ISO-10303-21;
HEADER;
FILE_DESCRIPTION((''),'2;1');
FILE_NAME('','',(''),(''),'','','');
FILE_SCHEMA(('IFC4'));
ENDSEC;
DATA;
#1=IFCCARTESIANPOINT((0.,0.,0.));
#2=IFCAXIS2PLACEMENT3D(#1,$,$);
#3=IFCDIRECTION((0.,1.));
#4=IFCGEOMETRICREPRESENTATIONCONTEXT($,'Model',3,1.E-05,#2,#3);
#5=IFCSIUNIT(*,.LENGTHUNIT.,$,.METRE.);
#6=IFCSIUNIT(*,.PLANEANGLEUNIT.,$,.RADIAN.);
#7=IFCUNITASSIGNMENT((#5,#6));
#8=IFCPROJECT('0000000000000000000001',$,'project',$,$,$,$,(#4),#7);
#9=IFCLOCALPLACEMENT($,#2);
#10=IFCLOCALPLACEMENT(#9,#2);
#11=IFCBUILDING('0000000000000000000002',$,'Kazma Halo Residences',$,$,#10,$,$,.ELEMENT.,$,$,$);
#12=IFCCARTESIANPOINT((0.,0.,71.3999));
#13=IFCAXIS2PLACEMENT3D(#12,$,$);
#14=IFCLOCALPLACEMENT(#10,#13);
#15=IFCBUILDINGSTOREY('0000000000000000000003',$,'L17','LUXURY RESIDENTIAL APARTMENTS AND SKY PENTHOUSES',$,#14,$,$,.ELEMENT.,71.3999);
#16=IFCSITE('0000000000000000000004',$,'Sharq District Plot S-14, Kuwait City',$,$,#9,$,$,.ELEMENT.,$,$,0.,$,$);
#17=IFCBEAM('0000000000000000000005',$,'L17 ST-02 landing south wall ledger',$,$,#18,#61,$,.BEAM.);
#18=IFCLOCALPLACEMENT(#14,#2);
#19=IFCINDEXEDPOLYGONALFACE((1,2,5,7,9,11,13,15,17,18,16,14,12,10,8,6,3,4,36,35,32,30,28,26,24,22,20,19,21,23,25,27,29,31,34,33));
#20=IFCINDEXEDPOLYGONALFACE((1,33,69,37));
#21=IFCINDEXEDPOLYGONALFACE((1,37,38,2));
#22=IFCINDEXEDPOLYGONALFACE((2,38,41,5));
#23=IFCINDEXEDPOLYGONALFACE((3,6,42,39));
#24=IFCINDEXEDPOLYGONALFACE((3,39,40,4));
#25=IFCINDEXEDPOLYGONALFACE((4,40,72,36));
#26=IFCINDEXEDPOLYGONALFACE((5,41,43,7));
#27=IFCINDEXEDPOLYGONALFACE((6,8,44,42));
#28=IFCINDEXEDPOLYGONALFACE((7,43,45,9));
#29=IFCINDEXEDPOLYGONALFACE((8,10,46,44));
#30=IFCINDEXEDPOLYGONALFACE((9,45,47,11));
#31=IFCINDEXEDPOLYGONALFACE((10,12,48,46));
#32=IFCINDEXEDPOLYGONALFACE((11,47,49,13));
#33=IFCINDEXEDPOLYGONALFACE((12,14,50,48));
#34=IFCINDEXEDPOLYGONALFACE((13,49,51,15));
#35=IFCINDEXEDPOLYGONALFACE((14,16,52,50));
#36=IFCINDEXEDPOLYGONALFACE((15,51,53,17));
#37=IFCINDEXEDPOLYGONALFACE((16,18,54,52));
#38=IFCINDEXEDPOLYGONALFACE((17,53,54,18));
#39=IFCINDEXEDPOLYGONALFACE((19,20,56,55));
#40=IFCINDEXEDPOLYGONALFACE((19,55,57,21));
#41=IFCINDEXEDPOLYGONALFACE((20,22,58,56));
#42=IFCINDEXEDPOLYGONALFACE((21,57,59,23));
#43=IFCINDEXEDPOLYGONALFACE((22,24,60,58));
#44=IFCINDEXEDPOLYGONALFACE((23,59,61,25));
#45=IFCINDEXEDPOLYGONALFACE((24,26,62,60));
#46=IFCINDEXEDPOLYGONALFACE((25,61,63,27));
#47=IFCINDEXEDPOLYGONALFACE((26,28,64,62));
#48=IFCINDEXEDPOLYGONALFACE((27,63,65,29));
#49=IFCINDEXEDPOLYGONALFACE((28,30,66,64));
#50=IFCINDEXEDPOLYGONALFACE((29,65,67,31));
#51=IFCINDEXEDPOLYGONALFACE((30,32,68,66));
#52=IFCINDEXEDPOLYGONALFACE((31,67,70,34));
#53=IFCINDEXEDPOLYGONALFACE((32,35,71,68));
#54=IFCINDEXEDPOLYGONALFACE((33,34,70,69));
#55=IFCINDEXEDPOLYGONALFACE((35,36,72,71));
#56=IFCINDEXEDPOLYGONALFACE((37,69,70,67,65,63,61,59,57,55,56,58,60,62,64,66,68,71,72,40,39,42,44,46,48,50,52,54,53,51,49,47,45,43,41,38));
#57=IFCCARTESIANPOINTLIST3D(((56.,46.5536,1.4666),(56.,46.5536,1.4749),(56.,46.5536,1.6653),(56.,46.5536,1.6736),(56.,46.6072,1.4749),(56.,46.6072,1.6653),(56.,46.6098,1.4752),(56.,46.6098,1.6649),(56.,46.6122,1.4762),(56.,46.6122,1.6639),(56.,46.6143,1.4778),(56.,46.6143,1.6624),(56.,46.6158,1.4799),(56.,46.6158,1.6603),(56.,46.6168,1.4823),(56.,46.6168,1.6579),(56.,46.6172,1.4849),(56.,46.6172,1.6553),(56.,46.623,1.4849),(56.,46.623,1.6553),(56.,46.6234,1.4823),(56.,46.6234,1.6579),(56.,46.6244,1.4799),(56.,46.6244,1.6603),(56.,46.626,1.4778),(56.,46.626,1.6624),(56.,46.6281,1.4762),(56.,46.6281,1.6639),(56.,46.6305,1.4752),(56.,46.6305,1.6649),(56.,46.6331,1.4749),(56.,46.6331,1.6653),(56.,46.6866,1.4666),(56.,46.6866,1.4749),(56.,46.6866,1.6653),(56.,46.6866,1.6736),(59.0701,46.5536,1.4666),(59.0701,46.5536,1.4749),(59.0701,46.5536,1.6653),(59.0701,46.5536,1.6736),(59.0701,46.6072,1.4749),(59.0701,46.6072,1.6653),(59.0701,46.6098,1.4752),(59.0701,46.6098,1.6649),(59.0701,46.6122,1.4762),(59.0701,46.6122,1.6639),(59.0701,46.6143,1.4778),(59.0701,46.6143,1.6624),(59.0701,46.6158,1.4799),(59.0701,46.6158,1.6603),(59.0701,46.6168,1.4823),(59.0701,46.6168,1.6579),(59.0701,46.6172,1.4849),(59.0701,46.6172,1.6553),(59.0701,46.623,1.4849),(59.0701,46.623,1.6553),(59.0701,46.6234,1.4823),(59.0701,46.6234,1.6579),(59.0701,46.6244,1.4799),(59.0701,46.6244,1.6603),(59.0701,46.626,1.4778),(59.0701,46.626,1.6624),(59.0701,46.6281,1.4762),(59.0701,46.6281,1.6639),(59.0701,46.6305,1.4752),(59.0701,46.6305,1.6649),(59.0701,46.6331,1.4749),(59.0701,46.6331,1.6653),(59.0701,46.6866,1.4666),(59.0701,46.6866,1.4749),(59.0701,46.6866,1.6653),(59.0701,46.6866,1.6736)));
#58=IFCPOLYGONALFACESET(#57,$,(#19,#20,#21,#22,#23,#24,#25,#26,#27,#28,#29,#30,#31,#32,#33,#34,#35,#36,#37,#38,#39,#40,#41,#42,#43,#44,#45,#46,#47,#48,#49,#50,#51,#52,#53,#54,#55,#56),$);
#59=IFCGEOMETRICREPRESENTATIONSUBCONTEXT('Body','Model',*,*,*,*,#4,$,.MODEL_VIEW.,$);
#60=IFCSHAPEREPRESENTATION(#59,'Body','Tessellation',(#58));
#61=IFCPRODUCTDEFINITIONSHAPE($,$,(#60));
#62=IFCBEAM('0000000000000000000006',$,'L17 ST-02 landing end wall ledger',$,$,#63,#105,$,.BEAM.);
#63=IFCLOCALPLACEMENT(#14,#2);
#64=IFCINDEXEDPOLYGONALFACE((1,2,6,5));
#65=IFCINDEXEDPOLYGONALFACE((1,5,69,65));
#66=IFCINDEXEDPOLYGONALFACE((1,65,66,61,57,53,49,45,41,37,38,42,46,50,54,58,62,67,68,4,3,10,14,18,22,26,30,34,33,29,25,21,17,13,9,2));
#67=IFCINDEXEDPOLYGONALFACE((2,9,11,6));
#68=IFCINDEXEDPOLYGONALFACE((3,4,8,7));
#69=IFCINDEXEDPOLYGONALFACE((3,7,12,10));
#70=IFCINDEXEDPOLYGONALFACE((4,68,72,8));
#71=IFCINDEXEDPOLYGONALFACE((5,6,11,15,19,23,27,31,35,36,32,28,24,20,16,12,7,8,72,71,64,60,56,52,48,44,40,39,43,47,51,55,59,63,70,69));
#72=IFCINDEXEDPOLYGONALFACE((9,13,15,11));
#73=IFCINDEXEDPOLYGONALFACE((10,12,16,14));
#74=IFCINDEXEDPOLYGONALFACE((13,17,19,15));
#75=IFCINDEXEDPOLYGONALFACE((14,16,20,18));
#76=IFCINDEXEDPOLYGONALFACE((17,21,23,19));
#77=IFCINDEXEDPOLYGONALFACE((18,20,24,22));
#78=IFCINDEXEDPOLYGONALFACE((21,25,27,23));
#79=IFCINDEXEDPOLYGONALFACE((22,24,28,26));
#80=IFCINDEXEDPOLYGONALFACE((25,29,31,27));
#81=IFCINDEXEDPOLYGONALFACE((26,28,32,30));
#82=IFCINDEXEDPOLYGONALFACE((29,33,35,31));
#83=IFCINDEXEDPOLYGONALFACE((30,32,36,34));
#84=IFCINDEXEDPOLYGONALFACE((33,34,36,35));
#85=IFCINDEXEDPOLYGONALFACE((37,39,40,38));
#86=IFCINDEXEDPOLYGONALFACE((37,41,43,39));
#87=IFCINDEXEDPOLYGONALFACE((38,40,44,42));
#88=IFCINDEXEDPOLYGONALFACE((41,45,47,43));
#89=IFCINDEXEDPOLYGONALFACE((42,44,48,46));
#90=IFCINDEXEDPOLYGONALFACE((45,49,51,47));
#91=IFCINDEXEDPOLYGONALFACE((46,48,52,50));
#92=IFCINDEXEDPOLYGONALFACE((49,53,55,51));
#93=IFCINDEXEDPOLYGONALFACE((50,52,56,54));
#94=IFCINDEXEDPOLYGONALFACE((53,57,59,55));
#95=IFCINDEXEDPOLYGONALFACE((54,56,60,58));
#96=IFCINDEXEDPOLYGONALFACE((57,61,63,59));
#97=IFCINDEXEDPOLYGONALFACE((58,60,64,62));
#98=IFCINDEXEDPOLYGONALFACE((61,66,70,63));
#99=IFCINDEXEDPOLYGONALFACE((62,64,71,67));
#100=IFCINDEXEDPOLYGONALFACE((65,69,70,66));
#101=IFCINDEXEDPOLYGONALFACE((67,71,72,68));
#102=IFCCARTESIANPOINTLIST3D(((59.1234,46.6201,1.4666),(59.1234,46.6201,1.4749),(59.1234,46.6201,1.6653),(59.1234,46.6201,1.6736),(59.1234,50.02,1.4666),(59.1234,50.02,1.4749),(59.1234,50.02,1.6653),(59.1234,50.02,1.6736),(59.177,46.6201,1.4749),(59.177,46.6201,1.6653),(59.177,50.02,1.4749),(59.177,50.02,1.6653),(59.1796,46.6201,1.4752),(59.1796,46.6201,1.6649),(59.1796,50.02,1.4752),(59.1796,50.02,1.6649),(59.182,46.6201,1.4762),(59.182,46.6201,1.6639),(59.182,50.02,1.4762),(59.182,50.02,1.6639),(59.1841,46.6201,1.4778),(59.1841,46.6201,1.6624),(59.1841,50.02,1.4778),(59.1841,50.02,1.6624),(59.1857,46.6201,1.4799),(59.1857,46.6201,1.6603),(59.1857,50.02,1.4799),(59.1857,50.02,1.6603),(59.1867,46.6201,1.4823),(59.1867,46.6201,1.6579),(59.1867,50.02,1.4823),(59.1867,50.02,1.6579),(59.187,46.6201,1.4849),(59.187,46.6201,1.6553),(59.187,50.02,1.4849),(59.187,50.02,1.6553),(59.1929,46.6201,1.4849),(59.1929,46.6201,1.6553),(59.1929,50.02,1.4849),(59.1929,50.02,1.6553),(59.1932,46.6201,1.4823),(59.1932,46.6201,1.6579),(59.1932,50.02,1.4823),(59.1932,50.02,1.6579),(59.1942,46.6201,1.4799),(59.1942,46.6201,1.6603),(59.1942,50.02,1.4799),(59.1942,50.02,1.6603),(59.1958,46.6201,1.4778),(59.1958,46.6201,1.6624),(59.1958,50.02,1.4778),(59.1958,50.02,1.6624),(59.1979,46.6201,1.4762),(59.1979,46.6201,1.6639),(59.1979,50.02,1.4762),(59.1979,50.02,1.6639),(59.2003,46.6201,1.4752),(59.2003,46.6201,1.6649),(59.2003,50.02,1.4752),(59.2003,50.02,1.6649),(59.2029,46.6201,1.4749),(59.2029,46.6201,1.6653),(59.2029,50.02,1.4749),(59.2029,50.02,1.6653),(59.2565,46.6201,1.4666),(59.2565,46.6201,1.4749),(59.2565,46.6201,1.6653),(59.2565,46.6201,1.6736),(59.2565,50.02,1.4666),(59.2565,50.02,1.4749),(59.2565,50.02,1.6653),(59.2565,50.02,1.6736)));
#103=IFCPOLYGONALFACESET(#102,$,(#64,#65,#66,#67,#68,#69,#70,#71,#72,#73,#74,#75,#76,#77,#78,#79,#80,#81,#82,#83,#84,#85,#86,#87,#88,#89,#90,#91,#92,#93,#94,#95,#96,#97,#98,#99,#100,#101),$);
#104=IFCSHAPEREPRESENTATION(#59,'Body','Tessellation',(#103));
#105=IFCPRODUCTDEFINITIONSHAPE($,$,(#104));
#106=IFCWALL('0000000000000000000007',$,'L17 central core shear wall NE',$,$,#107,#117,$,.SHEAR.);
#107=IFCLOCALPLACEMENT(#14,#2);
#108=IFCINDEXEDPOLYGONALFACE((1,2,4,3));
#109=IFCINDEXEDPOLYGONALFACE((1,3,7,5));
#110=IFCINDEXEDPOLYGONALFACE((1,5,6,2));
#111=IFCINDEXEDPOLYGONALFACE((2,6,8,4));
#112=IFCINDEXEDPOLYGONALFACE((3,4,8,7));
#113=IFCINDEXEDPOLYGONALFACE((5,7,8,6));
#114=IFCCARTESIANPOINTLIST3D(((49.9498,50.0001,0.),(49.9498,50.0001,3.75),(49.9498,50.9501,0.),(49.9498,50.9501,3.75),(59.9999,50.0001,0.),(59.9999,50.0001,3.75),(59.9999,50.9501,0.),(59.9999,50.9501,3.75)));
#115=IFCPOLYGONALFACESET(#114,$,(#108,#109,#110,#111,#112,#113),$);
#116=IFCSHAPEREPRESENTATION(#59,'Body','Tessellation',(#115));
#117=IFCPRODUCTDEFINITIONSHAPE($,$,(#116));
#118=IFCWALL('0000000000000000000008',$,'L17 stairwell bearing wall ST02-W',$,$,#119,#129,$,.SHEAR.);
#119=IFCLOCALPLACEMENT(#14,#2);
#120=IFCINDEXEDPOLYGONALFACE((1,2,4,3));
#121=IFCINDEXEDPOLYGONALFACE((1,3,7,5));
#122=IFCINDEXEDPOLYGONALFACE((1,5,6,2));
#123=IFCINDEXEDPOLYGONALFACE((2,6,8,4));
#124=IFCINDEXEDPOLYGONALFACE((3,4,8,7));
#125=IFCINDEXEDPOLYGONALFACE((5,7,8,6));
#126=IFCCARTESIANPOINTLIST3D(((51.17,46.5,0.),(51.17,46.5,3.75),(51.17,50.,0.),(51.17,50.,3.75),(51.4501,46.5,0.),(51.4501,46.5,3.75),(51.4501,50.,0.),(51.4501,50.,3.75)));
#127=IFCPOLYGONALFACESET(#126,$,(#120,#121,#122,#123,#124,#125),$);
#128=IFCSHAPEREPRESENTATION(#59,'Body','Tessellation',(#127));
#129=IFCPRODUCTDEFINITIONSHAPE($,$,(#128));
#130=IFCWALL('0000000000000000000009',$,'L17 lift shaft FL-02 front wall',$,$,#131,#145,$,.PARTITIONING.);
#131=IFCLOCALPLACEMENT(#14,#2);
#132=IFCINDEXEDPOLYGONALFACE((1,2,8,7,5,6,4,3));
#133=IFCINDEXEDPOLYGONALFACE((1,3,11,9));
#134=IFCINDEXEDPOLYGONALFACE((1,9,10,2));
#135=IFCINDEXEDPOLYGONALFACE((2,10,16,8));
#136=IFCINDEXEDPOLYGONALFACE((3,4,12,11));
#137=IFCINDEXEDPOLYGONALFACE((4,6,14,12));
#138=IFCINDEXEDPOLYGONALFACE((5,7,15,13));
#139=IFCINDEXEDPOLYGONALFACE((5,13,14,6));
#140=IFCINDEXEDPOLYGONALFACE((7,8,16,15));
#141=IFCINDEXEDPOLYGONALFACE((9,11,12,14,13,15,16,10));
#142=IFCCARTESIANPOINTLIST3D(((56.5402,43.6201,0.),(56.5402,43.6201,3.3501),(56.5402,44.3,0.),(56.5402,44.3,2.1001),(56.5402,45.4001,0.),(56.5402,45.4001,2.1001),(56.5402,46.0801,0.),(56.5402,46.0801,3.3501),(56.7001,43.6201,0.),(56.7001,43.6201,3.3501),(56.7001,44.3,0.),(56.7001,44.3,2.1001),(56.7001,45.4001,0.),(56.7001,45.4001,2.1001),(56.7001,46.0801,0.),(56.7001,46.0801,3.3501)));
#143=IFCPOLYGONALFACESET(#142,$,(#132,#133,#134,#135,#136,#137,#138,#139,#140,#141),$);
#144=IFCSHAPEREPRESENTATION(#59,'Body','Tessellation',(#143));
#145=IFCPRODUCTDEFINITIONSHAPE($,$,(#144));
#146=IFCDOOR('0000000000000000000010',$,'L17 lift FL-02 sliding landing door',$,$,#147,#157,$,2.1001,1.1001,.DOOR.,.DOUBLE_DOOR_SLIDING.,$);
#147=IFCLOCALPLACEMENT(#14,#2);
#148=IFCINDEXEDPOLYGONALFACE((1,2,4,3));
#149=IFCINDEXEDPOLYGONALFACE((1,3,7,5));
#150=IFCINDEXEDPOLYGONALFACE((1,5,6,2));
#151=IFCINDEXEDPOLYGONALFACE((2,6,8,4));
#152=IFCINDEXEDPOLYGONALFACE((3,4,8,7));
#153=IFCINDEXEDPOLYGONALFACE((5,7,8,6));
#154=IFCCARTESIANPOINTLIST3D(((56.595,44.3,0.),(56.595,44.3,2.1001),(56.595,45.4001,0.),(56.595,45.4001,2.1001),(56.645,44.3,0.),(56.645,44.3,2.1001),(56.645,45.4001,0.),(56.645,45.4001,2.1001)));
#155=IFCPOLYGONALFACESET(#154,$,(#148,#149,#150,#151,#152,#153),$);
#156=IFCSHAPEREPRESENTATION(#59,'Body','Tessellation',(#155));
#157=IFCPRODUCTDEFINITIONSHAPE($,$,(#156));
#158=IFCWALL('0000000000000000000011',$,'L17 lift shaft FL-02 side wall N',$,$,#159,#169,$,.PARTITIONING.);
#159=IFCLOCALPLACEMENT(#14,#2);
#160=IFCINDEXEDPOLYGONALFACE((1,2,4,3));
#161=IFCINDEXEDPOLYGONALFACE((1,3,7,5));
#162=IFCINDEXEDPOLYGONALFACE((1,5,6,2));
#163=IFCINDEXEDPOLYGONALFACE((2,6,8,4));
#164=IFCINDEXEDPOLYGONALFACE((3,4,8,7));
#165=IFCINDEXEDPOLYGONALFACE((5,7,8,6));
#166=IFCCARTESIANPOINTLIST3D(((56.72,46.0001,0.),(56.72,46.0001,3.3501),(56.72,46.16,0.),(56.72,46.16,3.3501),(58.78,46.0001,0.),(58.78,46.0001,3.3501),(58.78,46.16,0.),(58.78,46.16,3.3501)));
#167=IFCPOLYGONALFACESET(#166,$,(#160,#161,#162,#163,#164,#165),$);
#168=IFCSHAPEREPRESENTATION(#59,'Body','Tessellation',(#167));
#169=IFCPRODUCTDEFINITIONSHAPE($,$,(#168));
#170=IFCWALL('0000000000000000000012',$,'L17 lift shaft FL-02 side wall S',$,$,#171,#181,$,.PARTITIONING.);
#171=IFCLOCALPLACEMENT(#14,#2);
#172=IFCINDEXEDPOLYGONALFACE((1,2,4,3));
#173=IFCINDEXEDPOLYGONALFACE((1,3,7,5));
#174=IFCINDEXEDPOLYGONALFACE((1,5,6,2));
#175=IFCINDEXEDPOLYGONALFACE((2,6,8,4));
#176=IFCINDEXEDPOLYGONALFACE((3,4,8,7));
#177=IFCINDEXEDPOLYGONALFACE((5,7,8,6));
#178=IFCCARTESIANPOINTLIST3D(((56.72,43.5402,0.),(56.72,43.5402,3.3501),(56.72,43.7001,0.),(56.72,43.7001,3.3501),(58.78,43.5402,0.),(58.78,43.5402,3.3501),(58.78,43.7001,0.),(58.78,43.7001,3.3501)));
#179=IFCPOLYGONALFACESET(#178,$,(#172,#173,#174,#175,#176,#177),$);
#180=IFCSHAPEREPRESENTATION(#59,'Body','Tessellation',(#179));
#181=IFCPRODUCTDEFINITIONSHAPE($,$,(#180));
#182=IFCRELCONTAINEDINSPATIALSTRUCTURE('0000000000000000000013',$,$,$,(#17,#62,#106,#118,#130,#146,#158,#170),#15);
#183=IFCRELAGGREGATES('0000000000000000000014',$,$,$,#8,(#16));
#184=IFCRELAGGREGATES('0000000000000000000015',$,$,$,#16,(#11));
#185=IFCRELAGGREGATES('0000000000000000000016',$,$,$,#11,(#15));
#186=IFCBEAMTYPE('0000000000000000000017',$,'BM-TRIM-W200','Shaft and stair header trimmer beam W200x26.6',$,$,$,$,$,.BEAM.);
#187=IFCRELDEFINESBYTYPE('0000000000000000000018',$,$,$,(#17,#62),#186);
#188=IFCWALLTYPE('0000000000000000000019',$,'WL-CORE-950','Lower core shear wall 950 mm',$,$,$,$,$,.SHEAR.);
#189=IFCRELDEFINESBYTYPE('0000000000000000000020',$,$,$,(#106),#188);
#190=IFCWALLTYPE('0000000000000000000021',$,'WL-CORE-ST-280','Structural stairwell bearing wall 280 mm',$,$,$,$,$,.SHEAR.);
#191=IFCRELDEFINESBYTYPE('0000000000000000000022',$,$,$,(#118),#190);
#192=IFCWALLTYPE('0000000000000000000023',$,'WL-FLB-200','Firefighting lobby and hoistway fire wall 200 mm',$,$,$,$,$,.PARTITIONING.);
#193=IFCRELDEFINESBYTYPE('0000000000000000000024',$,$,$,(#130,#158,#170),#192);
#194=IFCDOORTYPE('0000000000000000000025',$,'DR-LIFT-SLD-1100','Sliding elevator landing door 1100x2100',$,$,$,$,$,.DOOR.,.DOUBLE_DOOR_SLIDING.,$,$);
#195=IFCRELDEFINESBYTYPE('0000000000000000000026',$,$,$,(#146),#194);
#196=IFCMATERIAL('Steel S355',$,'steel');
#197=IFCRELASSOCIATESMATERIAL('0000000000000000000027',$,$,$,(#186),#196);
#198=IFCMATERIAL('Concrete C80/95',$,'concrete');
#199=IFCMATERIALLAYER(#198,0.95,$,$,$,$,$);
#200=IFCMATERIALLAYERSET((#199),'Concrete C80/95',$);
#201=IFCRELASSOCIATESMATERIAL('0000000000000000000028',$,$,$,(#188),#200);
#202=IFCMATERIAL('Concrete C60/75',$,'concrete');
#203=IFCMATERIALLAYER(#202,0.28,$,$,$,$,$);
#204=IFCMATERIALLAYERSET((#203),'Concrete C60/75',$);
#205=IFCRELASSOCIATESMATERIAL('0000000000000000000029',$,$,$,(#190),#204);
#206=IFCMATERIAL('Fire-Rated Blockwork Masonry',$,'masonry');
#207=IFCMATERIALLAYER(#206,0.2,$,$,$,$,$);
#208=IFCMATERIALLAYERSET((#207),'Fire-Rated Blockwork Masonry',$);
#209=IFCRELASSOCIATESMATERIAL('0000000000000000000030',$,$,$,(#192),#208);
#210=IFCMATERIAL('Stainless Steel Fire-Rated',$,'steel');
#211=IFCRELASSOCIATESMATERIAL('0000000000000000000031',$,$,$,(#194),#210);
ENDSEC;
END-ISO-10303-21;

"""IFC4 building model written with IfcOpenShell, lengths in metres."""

from ifc_helpers import new_model, si_unit, direction, frame, frame_2d, origin, origin_2d, place, context, subcontext, project, spatial, rectangle, i_section, extrude, material, layer, layer_set, material_profile, profile_set, type_object, element, fill, save


model = new_model("IFC4")

# Units and contexts
model_context = context("Model", 3, precision=1e-05, world=origin(), true_north=direction((0.0, 1.0)))
body_context = subcontext(model_context, "Body", "Model", "MODEL_VIEW")
ifc_project = project(units=[si_unit("LENGTHUNIT", "METRE"), si_unit("PLANEANGLEUNIT", "RADIAN")], contexts=[model_context])

# Site, building, storey
site_placement = place(None, origin())
site = spatial("IfcSite", under=ifc_project, at=site_placement, Name="Sharq District Plot S-14, Kuwait City", CompositionType="ELEMENT", RefElevation=0.0)
building_placement = place(site_placement, origin())
building = spatial("IfcBuilding", under=site, at=building_placement, Name="Kazma Halo Residences", CompositionType="ELEMENT")
storey_placement = place(building_placement, frame((0.0, 0.0, 71.3999)))
storey = spatial("IfcBuildingStorey", under=building, at=storey_placement, Name="L17", Description="LUXURY RESIDENTIAL APARTMENTS AND SKY PENTHOUSES", CompositionType="ELEMENT", Elevation=71.3999)

# Shared definitions
ifc_material_1 = material(Name="Steel S355", Category="steel")

# Beams
ifc_material_profile_1 = material_profile(ifc_material_1, i_section(OverallWidth=0.1331, OverallDepth=0.207, WebThickness=0.0059, FlangeThickness=0.0083, FilletRadius=0.01, at=origin_2d()), Name="W200x26.6")
ifc_profile_set_1 = profile_set([ifc_material_profile_1], Name="Steel S355")
beam_type_1 = type_object("IfcBeamType", Name="BM-TRIM-W200", Description="Shaft and stair header trimmer beam W200x26.6", PredefinedType="BEAM", material=ifc_profile_set_1)
beam_1_placement = place(storey_placement, frame((56.0, 46.6201, 1.5701), z_axis=(1.0, 0.0, 0.0), x_axis=(0.0, 1.0, 0.0)))
element("IfcBeam", 1, at=beam_1_placement, inside=storey, type_object=beam_type_1, Name="L17 ST-02 landing south wall ledger", PredefinedType="BEAM", context=body_context, shape_type="SweptSolid", body=[
    extrude(i_section(OverallWidth=0.1331, OverallDepth=0.207, WebThickness=0.0059, FlangeThickness=0.0083, FilletRadius=0.01, at=origin_2d()), origin(), (0.0, 0.0, 1.0), 3.0701),
])
beam_2_placement = place(storey_placement, frame((59.1899, 46.6201, 1.5701), z_axis=(0.0, 1.0, 0.0), x_axis=(-1.0, 0.0, 0.0)))
element("IfcBeam", 2, at=beam_2_placement, inside=storey, type_object=beam_type_1, Name="L17 ST-02 landing end wall ledger", PredefinedType="BEAM", context=body_context, shape_type="SweptSolid", body=[
    extrude(i_section(OverallWidth=0.1331, OverallDepth=0.207, WebThickness=0.0059, FlangeThickness=0.0083, FilletRadius=0.01, at=origin_2d()), origin(), (0.0, 0.0, 1.0), 3.3999),
])

# Walls
ifc_material_2 = material(Name="Concrete C80/95", Category="concrete")
ifc_layer_1 = layer(ifc_material_2, 0.95)
ifc_layer_set_1 = layer_set([ifc_layer_1], Name="Concrete C80/95")
wall_type_1 = type_object("IfcWallType", Name="WL-CORE-950", Description="Lower core shear wall 950 mm", PredefinedType="SHEAR", material=ifc_layer_set_1)
wall_1_placement = place(storey_placement, frame((49.95, 50.4751, 0.0), z_axis=(0.0, 0.0, 1.0), x_axis=(1.0, 0.0, 0.0)))
element("IfcWall", 3, at=wall_1_placement, inside=storey, type_object=wall_type_1, Name="L17 central core shear wall NE", PredefinedType="SHEAR", context=body_context, shape_type="SweptSolid", body=[
    extrude(rectangle(XDim=10.05, YDim=0.95, at=frame_2d((5.0249, 0.0))), origin(), (0.0, 0.0, 1.0), 3.75),
])
ifc_material_3 = material(Name="Concrete C60/75", Category="concrete")
ifc_layer_2 = layer(ifc_material_3, 0.28)
ifc_layer_set_2 = layer_set([ifc_layer_2], Name="Concrete C60/75")
wall_type_2 = type_object("IfcWallType", Name="WL-CORE-ST-280", Description="Structural stairwell bearing wall 280 mm", PredefinedType="SHEAR", material=ifc_layer_set_2)
wall_2_placement = place(storey_placement, frame((51.3101, 46.5, 0.0), z_axis=(0.0, 0.0, 1.0), x_axis=(0.0, 1.0, 0.0)))
element("IfcWall", 4, at=wall_2_placement, inside=storey, type_object=wall_type_2, Name="L17 stairwell bearing wall ST02-W", PredefinedType="SHEAR", context=body_context, shape_type="SweptSolid", body=[
    extrude(rectangle(XDim=3.5, YDim=0.28, at=frame_2d((1.75, 0.0))), origin(), (0.0, 0.0, 1.0), 3.75),
])

# Wall, opening, door
ifc_material_4 = material(Name="Fire-Rated Blockwork Masonry", Category="masonry")
ifc_layer_3 = layer(ifc_material_4, 0.2)
ifc_layer_set_3 = layer_set([ifc_layer_3], Name="Fire-Rated Blockwork Masonry")
wall_type_3 = type_object("IfcWallType", Name="WL-FLB-200", Description="Firefighting lobby and hoistway fire wall 200 mm", PredefinedType="PARTITIONING", material=ifc_layer_set_3)
wall_3_placement = place(storey_placement, frame((56.6201, 46.0801, 0.0), z_axis=(0.0, 0.0, 1.0), x_axis=(0.0, -1.0, 0.0)))
wall_3 = element("IfcWall", 5, at=wall_3_placement, inside=storey, type_object=wall_type_3, Name="L17 lift shaft FL-02 front wall", PredefinedType="PARTITIONING", context=body_context, shape_type="SweptSolid", body=[
    extrude(rectangle(XDim=2.46, YDim=0.1599, at=frame_2d((1.23, 0.0))), origin(), (0.0, 0.0, 1.0), 3.3501),
])
opening_1_placement = place(wall_3_placement, frame((0.6799, 0.0, 0.0)))
opening_1 = element("IfcOpeningElement", 6, at=opening_1_placement, cuts=wall_3, PredefinedType="OPENING", context=body_context, shape_type="SweptSolid", body=[
    extrude(rectangle(XDim=1.1001, YDim=2.1001, at=frame_2d((0.55, 1.05))), frame((0.0, 0.0898, 0.0), z_axis=(0.0, -1.0, 0.0), x_axis=(1.0, 0.0, 0.0)), (0.0, 0.0, 1.0), 0.1799),
])
ifc_material_5 = material(Name="Stainless Steel Fire-Rated", Category="steel")
door_type_1 = type_object("IfcDoorType", Name="DR-LIFT-SLD-1100", Description="Sliding elevator landing door 1100x2100", OperationType="DOUBLE_DOOR_SLIDING", PredefinedType="DOOR", material=ifc_material_5)
door_1_placement = place(opening_1_placement, origin())
door_1 = element("IfcDoor", 7, at=door_1_placement, inside=storey, type_object=door_type_1, Name="L17 lift FL-02 sliding landing door", OperationType="DOUBLE_DOOR_SLIDING", OverallHeight=2.1001, OverallWidth=1.1001, PredefinedType="DOOR", context=body_context, shape_type="SweptSolid", body=[
    extrude(rectangle(XDim=1.1001, YDim=2.1001, at=frame_2d((0.55, 1.05))), frame((0.0, 0.0249, 0.0), z_axis=(0.0, -1.0, 0.0), x_axis=(1.0, 0.0, 0.0)), (0.0, 0.0, 1.0), 0.05),
])
fill(opening_1, door_1)

# Walls
for number, where, z_axis, x_axis, name in (
    (8, (56.72, 46.0801, 0.0), (0.0, 0.0, 1.0), (1.0, 0.0, 0.0), "L17 lift shaft FL-02 side wall N"),
    (9, (56.72, 43.6201, 0.0), (0.0, 0.0, 1.0), (1.0, 0.0, 0.0), "L17 lift shaft FL-02 side wall S"),
):
    element("IfcWall", number, at=place(storey_placement, frame(where, z_axis=z_axis, x_axis=x_axis)), inside=storey, type_object=wall_type_3, Name=name, PredefinedType="PARTITIONING", context=body_context, shape_type="SweptSolid", body=[
        extrude(rectangle(XDim=2.0601, YDim=0.1599, at=frame_2d((1.03, 0.0))), origin(), (0.0, 0.0, 1.0), 3.3501),
    ])

save(model, "model.ifc")
